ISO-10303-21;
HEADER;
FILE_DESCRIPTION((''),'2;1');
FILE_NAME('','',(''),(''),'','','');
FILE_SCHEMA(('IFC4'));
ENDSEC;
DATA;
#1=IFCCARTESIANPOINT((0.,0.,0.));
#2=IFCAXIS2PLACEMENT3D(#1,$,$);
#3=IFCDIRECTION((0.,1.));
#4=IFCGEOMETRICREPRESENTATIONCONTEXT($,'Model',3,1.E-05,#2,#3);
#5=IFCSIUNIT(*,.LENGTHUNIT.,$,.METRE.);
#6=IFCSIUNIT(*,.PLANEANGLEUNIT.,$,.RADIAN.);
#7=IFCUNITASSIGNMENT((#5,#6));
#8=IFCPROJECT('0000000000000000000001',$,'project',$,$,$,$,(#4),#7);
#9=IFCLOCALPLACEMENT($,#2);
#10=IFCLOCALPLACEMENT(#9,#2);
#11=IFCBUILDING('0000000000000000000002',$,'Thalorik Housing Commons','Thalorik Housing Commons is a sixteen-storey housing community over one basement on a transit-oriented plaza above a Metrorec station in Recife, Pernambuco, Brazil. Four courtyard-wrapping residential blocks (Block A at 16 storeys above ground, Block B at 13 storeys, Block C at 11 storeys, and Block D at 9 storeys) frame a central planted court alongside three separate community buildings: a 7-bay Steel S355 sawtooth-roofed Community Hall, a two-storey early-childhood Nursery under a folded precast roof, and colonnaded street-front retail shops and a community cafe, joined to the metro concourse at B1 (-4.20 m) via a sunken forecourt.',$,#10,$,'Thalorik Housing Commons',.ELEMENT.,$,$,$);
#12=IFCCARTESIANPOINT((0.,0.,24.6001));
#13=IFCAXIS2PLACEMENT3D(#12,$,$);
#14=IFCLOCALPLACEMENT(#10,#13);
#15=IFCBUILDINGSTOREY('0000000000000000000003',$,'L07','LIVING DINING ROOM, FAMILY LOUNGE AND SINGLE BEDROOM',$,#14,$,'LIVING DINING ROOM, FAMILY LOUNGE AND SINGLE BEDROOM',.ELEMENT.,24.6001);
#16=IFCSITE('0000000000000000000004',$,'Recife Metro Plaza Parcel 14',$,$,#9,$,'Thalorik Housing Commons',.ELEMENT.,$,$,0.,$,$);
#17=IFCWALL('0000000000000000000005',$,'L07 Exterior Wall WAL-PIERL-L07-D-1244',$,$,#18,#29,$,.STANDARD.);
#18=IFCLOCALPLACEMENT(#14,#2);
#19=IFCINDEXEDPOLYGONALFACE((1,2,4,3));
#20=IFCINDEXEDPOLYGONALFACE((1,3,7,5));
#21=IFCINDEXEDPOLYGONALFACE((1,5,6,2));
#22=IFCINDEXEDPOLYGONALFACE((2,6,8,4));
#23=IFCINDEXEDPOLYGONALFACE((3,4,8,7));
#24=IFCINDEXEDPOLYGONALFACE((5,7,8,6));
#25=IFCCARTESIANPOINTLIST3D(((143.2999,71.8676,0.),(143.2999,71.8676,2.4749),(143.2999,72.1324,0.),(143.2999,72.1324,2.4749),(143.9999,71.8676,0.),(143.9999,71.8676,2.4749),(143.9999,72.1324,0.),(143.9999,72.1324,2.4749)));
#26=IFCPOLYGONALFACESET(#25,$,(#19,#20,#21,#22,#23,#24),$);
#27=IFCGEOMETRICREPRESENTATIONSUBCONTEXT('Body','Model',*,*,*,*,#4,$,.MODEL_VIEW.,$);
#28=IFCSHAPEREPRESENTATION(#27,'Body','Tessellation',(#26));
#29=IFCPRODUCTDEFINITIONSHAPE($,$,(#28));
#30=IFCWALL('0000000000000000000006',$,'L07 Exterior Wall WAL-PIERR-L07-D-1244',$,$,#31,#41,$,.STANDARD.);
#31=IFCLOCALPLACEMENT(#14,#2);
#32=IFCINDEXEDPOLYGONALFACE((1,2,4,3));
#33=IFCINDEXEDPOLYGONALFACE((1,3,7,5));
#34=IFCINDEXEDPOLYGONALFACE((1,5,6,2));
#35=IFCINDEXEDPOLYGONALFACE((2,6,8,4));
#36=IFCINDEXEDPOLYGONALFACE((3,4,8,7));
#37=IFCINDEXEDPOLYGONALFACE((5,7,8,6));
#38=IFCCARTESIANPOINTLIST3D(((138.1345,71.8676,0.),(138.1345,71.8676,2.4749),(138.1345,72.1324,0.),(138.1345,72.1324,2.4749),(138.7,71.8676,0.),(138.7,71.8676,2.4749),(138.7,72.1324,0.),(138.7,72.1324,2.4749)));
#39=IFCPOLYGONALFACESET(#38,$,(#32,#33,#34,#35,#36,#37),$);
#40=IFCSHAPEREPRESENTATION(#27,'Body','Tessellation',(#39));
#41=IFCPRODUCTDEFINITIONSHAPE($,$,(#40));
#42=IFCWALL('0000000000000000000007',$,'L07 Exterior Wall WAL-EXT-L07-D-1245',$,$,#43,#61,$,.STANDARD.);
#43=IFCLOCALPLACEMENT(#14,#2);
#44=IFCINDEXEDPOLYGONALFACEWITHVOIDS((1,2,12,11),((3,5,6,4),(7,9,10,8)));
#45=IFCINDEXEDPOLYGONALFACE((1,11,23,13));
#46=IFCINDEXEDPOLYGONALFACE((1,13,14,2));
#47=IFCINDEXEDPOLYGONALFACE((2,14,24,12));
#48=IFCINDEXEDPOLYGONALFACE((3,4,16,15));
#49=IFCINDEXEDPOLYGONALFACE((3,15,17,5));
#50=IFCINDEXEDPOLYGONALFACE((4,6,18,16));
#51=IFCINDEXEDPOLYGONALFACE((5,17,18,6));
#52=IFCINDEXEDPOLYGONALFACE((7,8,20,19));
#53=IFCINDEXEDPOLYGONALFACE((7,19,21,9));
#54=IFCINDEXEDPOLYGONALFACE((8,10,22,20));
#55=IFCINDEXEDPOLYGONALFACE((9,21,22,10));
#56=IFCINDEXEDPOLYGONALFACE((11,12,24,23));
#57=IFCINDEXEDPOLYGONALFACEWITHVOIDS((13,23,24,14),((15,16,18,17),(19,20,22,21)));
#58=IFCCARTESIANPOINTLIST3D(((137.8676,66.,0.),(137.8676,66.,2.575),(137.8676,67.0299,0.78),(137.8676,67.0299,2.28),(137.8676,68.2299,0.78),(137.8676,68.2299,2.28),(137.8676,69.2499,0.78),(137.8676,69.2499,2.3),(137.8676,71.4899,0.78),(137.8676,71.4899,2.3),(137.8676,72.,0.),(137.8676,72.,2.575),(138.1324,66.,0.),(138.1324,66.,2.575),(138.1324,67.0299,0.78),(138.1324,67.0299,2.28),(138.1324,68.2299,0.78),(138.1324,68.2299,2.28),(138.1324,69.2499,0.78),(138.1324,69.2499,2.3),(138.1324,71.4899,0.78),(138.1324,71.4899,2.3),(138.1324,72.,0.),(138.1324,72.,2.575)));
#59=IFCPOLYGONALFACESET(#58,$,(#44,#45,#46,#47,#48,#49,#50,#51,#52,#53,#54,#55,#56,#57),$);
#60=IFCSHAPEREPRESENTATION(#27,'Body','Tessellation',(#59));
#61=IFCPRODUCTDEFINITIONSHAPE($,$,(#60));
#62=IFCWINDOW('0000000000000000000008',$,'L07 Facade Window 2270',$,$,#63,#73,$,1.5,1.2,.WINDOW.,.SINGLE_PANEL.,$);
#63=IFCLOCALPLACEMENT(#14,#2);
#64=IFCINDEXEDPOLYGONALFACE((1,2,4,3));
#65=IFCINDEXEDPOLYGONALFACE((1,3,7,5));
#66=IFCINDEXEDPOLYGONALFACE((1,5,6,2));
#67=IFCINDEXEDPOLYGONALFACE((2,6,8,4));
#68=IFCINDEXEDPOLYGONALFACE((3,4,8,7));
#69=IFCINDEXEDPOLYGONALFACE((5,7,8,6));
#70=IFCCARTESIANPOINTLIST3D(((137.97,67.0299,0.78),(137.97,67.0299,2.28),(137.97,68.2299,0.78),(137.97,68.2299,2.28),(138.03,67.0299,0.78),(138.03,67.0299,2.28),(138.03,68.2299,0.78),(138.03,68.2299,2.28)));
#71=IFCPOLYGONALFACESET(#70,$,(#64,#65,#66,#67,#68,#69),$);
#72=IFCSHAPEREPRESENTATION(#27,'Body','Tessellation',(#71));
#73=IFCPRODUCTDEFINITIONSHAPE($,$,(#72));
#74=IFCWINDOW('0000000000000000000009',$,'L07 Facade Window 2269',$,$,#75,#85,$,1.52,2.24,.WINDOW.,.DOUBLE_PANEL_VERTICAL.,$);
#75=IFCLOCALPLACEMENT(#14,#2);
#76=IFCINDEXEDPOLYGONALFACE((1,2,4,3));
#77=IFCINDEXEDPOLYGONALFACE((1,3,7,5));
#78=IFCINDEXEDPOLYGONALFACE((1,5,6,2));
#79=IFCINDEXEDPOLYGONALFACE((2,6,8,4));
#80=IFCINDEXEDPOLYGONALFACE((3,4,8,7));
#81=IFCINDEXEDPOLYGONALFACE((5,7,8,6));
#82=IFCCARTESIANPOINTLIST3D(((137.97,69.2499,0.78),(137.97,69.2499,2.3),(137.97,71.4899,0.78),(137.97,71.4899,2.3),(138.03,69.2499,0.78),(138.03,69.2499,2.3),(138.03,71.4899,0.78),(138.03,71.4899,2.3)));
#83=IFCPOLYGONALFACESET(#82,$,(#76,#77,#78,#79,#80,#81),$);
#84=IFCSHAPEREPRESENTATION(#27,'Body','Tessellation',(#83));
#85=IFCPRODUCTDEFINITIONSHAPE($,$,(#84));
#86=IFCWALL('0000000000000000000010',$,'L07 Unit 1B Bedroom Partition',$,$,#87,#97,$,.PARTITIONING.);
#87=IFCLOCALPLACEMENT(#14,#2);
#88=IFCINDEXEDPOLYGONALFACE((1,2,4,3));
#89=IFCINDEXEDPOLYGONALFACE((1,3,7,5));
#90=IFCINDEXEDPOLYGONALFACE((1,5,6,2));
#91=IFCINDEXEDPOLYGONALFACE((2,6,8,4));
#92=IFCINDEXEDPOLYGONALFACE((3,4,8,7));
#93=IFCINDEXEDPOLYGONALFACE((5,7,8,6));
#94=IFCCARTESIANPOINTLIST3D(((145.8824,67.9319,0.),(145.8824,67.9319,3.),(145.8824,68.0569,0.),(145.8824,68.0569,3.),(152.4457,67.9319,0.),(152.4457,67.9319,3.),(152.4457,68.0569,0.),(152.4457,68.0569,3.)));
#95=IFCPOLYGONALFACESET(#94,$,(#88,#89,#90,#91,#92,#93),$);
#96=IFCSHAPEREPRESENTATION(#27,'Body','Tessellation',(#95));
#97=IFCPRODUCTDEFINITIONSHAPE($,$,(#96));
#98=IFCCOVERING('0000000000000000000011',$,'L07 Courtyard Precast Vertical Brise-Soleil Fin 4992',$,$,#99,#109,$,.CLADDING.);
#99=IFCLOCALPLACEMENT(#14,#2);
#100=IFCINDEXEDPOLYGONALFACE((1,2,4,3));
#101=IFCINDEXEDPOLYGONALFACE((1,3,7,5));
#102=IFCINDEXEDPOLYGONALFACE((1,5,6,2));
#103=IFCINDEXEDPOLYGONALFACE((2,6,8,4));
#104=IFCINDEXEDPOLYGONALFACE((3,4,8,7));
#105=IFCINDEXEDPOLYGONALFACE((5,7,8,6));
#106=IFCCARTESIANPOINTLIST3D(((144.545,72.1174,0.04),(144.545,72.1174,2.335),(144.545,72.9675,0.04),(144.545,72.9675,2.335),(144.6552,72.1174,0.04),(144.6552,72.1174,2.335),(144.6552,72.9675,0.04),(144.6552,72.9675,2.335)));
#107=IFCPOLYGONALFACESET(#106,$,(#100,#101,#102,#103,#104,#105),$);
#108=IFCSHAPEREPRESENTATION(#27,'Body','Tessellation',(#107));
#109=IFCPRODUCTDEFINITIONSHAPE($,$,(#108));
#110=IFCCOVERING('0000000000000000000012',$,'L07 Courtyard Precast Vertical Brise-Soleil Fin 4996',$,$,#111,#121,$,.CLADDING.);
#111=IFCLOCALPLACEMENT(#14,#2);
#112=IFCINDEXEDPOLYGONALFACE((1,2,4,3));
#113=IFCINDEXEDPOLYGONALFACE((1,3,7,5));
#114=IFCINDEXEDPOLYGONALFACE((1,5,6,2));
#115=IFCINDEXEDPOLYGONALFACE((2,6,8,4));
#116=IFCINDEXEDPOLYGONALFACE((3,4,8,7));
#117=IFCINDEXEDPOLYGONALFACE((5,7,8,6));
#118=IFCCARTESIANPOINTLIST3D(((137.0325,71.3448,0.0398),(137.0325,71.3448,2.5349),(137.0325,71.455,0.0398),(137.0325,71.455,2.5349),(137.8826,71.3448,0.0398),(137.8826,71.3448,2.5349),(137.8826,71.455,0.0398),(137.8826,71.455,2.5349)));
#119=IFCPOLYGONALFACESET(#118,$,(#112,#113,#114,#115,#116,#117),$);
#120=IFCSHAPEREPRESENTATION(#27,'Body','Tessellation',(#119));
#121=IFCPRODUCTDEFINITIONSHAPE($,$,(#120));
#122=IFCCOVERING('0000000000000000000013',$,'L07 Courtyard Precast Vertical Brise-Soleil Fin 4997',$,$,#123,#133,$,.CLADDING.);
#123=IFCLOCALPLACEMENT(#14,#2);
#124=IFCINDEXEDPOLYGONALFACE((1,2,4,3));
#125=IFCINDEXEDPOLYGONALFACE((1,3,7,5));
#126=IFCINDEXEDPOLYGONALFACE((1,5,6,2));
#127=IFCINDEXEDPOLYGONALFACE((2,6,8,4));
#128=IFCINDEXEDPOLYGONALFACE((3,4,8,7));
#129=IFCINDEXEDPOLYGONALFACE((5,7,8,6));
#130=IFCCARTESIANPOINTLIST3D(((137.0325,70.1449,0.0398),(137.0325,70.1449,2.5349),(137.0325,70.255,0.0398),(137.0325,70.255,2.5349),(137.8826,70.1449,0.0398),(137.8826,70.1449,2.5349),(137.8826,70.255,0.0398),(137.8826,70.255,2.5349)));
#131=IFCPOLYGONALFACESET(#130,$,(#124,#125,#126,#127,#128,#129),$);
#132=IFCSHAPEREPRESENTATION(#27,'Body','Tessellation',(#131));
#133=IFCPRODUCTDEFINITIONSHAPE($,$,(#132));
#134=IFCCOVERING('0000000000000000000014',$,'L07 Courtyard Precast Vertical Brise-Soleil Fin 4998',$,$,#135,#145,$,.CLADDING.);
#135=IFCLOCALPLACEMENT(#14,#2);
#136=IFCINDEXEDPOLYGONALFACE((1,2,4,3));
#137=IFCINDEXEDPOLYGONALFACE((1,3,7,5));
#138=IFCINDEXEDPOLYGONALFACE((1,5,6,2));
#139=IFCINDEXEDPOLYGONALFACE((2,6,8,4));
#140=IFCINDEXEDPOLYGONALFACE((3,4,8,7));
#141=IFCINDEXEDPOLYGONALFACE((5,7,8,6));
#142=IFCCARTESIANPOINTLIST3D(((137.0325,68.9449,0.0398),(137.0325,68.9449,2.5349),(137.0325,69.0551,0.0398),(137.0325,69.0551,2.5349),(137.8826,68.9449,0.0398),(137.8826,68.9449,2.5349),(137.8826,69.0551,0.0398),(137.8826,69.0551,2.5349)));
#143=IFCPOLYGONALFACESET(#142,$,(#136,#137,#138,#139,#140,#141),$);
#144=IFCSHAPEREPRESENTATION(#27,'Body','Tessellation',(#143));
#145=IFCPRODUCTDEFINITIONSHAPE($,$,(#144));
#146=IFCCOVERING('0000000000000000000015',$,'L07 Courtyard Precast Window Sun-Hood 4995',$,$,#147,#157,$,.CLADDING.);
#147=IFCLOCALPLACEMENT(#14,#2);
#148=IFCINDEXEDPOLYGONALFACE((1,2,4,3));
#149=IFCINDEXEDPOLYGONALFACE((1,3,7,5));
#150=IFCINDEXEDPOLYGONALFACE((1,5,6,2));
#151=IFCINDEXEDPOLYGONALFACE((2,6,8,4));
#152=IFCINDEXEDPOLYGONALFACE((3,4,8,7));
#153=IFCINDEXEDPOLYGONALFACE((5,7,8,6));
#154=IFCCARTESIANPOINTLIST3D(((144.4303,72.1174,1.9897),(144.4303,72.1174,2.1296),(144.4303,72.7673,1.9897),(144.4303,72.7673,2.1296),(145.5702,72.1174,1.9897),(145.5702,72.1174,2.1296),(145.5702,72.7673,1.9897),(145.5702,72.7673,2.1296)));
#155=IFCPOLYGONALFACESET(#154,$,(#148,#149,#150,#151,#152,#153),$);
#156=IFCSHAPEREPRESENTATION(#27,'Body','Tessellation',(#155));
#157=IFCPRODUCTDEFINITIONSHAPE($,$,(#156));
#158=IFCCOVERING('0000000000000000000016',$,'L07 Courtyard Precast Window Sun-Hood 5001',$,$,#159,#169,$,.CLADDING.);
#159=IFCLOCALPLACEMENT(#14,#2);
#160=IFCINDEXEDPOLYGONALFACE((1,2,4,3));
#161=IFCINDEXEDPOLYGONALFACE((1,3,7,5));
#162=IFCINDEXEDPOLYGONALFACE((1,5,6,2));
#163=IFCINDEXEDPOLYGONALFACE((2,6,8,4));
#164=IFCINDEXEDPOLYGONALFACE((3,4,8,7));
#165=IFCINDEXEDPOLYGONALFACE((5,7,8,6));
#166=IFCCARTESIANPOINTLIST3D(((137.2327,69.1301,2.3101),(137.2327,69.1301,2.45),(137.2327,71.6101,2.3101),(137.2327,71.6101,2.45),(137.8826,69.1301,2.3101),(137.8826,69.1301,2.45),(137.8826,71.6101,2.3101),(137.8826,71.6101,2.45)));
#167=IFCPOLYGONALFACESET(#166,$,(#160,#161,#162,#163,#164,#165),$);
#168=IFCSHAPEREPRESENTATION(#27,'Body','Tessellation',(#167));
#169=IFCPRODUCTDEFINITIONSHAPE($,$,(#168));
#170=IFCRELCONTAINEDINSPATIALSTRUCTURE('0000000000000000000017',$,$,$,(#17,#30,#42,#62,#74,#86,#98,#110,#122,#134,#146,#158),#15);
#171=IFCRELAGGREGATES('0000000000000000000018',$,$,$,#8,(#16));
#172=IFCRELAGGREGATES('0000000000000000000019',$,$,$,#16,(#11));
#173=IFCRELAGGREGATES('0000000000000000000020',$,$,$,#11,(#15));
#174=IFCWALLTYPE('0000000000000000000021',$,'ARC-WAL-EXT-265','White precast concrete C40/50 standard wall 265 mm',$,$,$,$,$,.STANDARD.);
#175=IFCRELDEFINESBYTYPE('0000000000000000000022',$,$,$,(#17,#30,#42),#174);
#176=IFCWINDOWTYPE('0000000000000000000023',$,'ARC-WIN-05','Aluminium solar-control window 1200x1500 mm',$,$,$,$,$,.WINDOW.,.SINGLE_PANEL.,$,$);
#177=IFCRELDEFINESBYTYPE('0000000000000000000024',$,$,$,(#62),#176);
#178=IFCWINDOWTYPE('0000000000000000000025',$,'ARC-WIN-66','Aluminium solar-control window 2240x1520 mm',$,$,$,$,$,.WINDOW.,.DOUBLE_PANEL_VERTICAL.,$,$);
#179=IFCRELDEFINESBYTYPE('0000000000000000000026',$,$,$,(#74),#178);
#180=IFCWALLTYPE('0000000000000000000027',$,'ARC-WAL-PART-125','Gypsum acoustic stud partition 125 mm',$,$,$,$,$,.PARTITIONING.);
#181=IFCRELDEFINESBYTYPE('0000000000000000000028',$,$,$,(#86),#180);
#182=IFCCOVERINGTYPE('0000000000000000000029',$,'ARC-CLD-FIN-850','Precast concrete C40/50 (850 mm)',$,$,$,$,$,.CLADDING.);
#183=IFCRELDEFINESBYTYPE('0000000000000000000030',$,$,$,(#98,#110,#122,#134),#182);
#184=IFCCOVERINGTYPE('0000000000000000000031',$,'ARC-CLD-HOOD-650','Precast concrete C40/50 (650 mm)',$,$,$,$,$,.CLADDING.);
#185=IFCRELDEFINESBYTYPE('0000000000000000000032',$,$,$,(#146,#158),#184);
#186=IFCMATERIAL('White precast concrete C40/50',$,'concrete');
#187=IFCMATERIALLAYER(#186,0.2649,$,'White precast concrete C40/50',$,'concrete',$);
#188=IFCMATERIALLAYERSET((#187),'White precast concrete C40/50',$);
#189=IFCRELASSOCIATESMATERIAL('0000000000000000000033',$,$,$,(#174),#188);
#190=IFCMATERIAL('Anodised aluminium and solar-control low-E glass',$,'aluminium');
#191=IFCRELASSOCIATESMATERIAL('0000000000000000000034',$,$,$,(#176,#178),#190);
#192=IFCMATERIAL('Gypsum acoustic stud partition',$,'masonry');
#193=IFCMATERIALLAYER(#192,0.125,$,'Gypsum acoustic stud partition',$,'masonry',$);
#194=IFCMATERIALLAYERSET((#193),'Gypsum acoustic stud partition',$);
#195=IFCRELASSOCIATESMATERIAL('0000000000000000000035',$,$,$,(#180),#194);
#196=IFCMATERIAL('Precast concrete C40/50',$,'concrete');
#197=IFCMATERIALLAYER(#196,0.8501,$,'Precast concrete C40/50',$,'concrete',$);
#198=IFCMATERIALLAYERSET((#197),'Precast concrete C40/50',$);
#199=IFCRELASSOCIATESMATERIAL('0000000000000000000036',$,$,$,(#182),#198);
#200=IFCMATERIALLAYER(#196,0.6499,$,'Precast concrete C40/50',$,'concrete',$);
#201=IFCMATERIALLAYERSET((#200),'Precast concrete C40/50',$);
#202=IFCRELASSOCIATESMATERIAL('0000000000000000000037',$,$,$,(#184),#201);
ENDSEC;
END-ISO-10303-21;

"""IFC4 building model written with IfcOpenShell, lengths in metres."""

from ifc_helpers import new_model, si_unit, direction, frame, frame_2d, origin, origin_2d, place, context, subcontext, project, spatial, rectangle, extrude, material, layer, layer_set, type_object, element, fill, save


model = new_model("IFC4")

# Units and contexts
model_context = context("Model", 3, precision=1e-05, world=origin(), true_north=direction((0.0, 1.0)))
body_context = subcontext(model_context, "Body", "Model", "MODEL_VIEW")
ifc_project = project(units=[si_unit("LENGTHUNIT", "METRE"), si_unit("PLANEANGLEUNIT", "RADIAN")], contexts=[model_context])

# Site, building, storey
site_placement = place(None, origin())
site = spatial("IfcSite", under=ifc_project, at=site_placement, Name="Recife Metro Plaza Parcel 14", LongName="Thalorik Housing Commons", CompositionType="ELEMENT", RefElevation=0.0)
building_placement = place(site_placement, origin())
building = spatial("IfcBuilding", under=site, at=building_placement, Name="Thalorik Housing Commons", Description="Thalorik Housing Commons is a sixteen-storey housing community over one basement on a transit-oriented plaza above a Metrorec station in Recife, Pernambuco, Brazil. Four courtyard-wrapping residential blocks (Block A at 16 storeys above ground, Block B at 13 storeys, Block C at 11 storeys, and Block D at 9 storeys) frame a central planted court alongside three separate community buildings: a 7-bay Steel S355 sawtooth-roofed Community Hall, a two-storey early-childhood Nursery under a folded precast roof, and colonnaded street-front retail shops and a community cafe, joined to the metro concourse at B1 (-4.20 m) via a sunken forecourt.", LongName="Thalorik Housing Commons", CompositionType="ELEMENT")
storey_placement = place(building_placement, frame((0.0, 0.0, 24.6001)))
storey = spatial("IfcBuildingStorey", under=building, at=storey_placement, Name="L07", Description="LIVING DINING ROOM, FAMILY LOUNGE AND SINGLE BEDROOM", LongName="LIVING DINING ROOM, FAMILY LOUNGE AND SINGLE BEDROOM", CompositionType="ELEMENT", Elevation=24.6001)

# Shared definitions
ifc_material_1 = material(Name="Precast concrete C40/50", Category="concrete")

# Shared definitions
ifc_material_2 = material(Name="Anodised aluminium and solar-control low-E glass", Category="aluminium")

# Walls
ifc_material_3 = material(Name="White precast concrete C40/50", Category="concrete")
ifc_layer_1 = layer(ifc_material_3, 0.2649, Name="White precast concrete C40/50", Category="concrete")
ifc_layer_set_1 = layer_set([ifc_layer_1], Name="White precast concrete C40/50")
wall_type_1 = type_object("IfcWallType", Name="ARC-WAL-EXT-265", Description="White precast concrete C40/50 standard wall 265 mm", PredefinedType="STANDARD", material=ifc_layer_set_1)
wall_1_placement = place(storey_placement, frame((144.0, 72.0, 0.0), z_axis=(0.0, 0.0, 1.0), x_axis=(-1.0, 0.0, 0.0)))
element("IfcWall", 1, at=wall_1_placement, inside=storey, type_object=wall_type_1, Name="L07 Exterior Wall WAL-PIERL-L07-D-1244", PredefinedType="STANDARD", context=body_context, shape_type="SweptSolid", body=[
    extrude(rectangle(XDim=0.7, YDim=0.2649, at=frame_2d((0.3501, 0.0))), origin(), (0.0, 0.0, 1.0), 2.4749),
])
wall_2_placement = place(storey_placement, frame((138.7, 72.0, 0.0), z_axis=(0.0, 0.0, 1.0), x_axis=(-1.0, 0.0, 0.0)))
element("IfcWall", 2, at=wall_2_placement, inside=storey, type_object=wall_type_1, Name="L07 Exterior Wall WAL-PIERR-L07-D-1244", PredefinedType="STANDARD", context=body_context, shape_type="SweptSolid", body=[
    extrude(rectangle(XDim=0.5654, YDim=0.2649, at=frame_2d((0.2827, 0.0))), origin(), (0.0, 0.0, 1.0), 2.4749),
])

# Wall, openings, windows
wall_3_placement = place(storey_placement, frame((138.0, 72.0, 0.0), z_axis=(0.0, 0.0, 1.0), x_axis=(0.0, -1.0, 0.0)))
wall_3 = element("IfcWall", 3, at=wall_3_placement, inside=storey, type_object=wall_type_1, Name="L07 Exterior Wall WAL-EXT-L07-D-1245", PredefinedType="STANDARD", context=body_context, shape_type="SweptSolid", body=[
    extrude(rectangle(XDim=6.0, YDim=0.2649, at=frame_2d((3.0, 0.0))), origin(), (0.0, 0.0, 1.0), 2.575),
])
opening_1_placement = place(wall_3_placement, frame((0.51, 0.0, 0.78)))
opening_1 = element("IfcOpeningElement", 4, at=opening_1_placement, cuts=wall_3, PredefinedType="OPENING", context=body_context, shape_type="SweptSolid", body=[
    extrude(rectangle(XDim=2.24, YDim=1.52, at=frame_2d((1.1201, 0.76))), frame((0.0, 0.1426, 0.0), z_axis=(0.0, -1.0, 0.0), x_axis=(1.0, 0.0, 0.0)), (0.0, 0.0, 1.0), 0.2849),
])
opening_2_placement = place(wall_3_placement, frame((3.77, 0.0, 0.78)))
opening_2 = element("IfcOpeningElement", 5, at=opening_2_placement, cuts=wall_3, PredefinedType="OPENING", context=body_context, shape_type="SweptSolid", body=[
    extrude(rectangle(XDim=1.2, YDim=1.5, at=frame_2d((0.6001, 0.75))), frame((0.0, 0.1426, 0.0), z_axis=(0.0, -1.0, 0.0), x_axis=(1.0, 0.0, 0.0)), (0.0, 0.0, 1.0), 0.2849),
])
window_type_1 = type_object("IfcWindowType", Name="ARC-WIN-05", Description="Aluminium solar-control window 1200x1500 mm", PartitioningType="SINGLE_PANEL", PredefinedType="WINDOW", material=ifc_material_2)
window_1_placement = place(opening_2_placement, origin())
window_1 = element("IfcWindow", 6, at=window_1_placement, inside=storey, type_object=window_type_1, Name="L07 Facade Window 2270", OverallHeight=1.5, OverallWidth=1.2, PartitioningType="SINGLE_PANEL", PredefinedType="WINDOW", context=body_context, shape_type="SweptSolid", body=[
    extrude(rectangle(XDim=1.2, YDim=1.5, at=frame_2d((0.6001, 0.75))), frame((0.0, 0.03, 0.0), z_axis=(0.0, -1.0, 0.0), x_axis=(1.0, 0.0, 0.0)), (0.0, 0.0, 1.0), 0.0601),
])
fill(opening_2, window_1)
window_type_2 = type_object("IfcWindowType", Name="ARC-WIN-66", Description="Aluminium solar-control window 2240x1520 mm", PartitioningType="DOUBLE_PANEL_VERTICAL", PredefinedType="WINDOW", material=ifc_material_2)
window_2_placement = place(opening_1_placement, origin())
window_2 = element("IfcWindow", 7, at=window_2_placement, inside=storey, type_object=window_type_2, Name="L07 Facade Window 2269", OverallHeight=1.52, OverallWidth=2.24, PartitioningType="DOUBLE_PANEL_VERTICAL", PredefinedType="WINDOW", context=body_context, shape_type="SweptSolid", body=[
    extrude(rectangle(XDim=2.24, YDim=1.52, at=frame_2d((1.1201, 0.76))), frame((0.0, 0.03, 0.0), z_axis=(0.0, -1.0, 0.0), x_axis=(1.0, 0.0, 0.0)), (0.0, 0.0, 1.0), 0.0601),
])
fill(opening_1, window_2)

# Wall
ifc_material_4 = material(Name="Gypsum acoustic stud partition", Category="masonry")
ifc_layer_2 = layer(ifc_material_4, 0.125, Name="Gypsum acoustic stud partition", Category="masonry")
ifc_layer_set_2 = layer_set([ifc_layer_2], Name="Gypsum acoustic stud partition")
wall_type_2 = type_object("IfcWallType", Name="ARC-WAL-PART-125", Description="Gypsum acoustic stud partition 125 mm", PredefinedType="PARTITIONING", material=ifc_layer_set_2)
wall_4_placement = place(storey_placement, frame((145.8823, 67.9944, 0.0), z_axis=(0.0, 0.0, 1.0), x_axis=(1.0, 0.0, 0.0)))
element("IfcWall", 8, at=wall_4_placement, inside=storey, type_object=wall_type_2, Name="L07 Unit 1B Bedroom Partition", PredefinedType="PARTITIONING", context=body_context, shape_type="SweptSolid", body=[
    extrude(rectangle(XDim=6.5632, YDim=0.125, at=frame_2d((3.2817, 0.0))), origin(), (0.0, 0.0, 1.0), 3.0),
])

# Coverings
ifc_layer_3 = layer(ifc_material_1, 0.8501, Name="Precast concrete C40/50", Category="concrete")
ifc_layer_set_3 = layer_set([ifc_layer_3], Name="Precast concrete C40/50")
covering_type_1 = type_object("IfcCoveringType", Name="ARC-CLD-FIN-850", Description="Precast concrete C40/50 (850 mm)", PredefinedType="CLADDING", material=ifc_layer_set_3)
covering_1_placement = place(storey_placement, frame((144.6001, 72.5425, 0.04), z_axis=(0.0, 0.0, 1.0), x_axis=(-1.0, 0.0, 0.0)))
element("IfcCovering", 9, at=covering_1_placement, inside=storey, type_object=covering_type_1, Name="L07 Courtyard Precast Vertical Brise-Soleil Fin 4992", PredefinedType="CLADDING", context=body_context, shape_type="SweptSolid", body=[
    extrude(rectangle(XDim=0.1101, YDim=0.8501, at=origin_2d()), origin(), (0.0, 0.0, 1.0), 2.2949),
])
for number, where, z_axis, x_axis, name in (
    (10, (137.4575, 71.3999, 0.0398), (0.0, 0.0, 1.0), (0.0, -1.0, 0.0), "L07 Courtyard Precast Vertical Brise-Soleil Fin 4996"),
    (11, (137.4575, 70.2, 0.0398), (0.0, 0.0, 1.0), (0.0, -1.0, 0.0), "L07 Courtyard Precast Vertical Brise-Soleil Fin 4997"),
    (12, (137.4575, 69.0, 0.0398), (0.0, 0.0, 1.0), (0.0, -1.0, 0.0), "L07 Courtyard Precast Vertical Brise-Soleil Fin 4998"),
):
    element("IfcCovering", number, at=place(storey_placement, frame(where, z_axis=z_axis, x_axis=x_axis)), inside=storey, type_object=covering_type_1, Name=name, PredefinedType="CLADDING", context=body_context, shape_type="SweptSolid", body=[
        extrude(rectangle(XDim=0.1101, YDim=0.8501, at=origin_2d()), origin(), (0.0, 0.0, 1.0), 2.4951),
    ])
ifc_layer_4 = layer(ifc_material_1, 0.6499, Name="Precast concrete C40/50", Category="concrete")
ifc_layer_set_4 = layer_set([ifc_layer_4], Name="Precast concrete C40/50")
covering_type_2 = type_object("IfcCoveringType", Name="ARC-CLD-HOOD-650", Description="Precast concrete C40/50 (650 mm)", PredefinedType="CLADDING", material=ifc_layer_set_4)
covering_2_placement = place(storey_placement, frame((145.0002, 72.4424, 1.9897), z_axis=(0.0, 0.0, 1.0), x_axis=(-1.0, 0.0, 0.0)))
element("IfcCovering", 13, at=covering_2_placement, inside=storey, type_object=covering_type_2, Name="L07 Courtyard Precast Window Sun-Hood 4995", PredefinedType="CLADDING", context=body_context, shape_type="SweptSolid", body=[
    extrude(rectangle(XDim=1.1399, YDim=0.6499, at=origin_2d()), origin(), (0.0, 0.0, 1.0), 0.1399),
])
covering_3_placement = place(storey_placement, frame((137.5576, 70.3701, 2.3101), z_axis=(0.0, 0.0, 1.0), x_axis=(0.0, -1.0, 0.0)))
element("IfcCovering", 14, at=covering_3_placement, inside=storey, type_object=covering_type_2, Name="L07 Courtyard Precast Window Sun-Hood 5001", PredefinedType="CLADDING", context=body_context, shape_type="SweptSolid", body=[
    extrude(rectangle(XDim=2.48, YDim=0.6499, at=origin_2d()), origin(), (0.0, 0.0, 1.0), 0.1399),
])

save(model, "model.ifc")
